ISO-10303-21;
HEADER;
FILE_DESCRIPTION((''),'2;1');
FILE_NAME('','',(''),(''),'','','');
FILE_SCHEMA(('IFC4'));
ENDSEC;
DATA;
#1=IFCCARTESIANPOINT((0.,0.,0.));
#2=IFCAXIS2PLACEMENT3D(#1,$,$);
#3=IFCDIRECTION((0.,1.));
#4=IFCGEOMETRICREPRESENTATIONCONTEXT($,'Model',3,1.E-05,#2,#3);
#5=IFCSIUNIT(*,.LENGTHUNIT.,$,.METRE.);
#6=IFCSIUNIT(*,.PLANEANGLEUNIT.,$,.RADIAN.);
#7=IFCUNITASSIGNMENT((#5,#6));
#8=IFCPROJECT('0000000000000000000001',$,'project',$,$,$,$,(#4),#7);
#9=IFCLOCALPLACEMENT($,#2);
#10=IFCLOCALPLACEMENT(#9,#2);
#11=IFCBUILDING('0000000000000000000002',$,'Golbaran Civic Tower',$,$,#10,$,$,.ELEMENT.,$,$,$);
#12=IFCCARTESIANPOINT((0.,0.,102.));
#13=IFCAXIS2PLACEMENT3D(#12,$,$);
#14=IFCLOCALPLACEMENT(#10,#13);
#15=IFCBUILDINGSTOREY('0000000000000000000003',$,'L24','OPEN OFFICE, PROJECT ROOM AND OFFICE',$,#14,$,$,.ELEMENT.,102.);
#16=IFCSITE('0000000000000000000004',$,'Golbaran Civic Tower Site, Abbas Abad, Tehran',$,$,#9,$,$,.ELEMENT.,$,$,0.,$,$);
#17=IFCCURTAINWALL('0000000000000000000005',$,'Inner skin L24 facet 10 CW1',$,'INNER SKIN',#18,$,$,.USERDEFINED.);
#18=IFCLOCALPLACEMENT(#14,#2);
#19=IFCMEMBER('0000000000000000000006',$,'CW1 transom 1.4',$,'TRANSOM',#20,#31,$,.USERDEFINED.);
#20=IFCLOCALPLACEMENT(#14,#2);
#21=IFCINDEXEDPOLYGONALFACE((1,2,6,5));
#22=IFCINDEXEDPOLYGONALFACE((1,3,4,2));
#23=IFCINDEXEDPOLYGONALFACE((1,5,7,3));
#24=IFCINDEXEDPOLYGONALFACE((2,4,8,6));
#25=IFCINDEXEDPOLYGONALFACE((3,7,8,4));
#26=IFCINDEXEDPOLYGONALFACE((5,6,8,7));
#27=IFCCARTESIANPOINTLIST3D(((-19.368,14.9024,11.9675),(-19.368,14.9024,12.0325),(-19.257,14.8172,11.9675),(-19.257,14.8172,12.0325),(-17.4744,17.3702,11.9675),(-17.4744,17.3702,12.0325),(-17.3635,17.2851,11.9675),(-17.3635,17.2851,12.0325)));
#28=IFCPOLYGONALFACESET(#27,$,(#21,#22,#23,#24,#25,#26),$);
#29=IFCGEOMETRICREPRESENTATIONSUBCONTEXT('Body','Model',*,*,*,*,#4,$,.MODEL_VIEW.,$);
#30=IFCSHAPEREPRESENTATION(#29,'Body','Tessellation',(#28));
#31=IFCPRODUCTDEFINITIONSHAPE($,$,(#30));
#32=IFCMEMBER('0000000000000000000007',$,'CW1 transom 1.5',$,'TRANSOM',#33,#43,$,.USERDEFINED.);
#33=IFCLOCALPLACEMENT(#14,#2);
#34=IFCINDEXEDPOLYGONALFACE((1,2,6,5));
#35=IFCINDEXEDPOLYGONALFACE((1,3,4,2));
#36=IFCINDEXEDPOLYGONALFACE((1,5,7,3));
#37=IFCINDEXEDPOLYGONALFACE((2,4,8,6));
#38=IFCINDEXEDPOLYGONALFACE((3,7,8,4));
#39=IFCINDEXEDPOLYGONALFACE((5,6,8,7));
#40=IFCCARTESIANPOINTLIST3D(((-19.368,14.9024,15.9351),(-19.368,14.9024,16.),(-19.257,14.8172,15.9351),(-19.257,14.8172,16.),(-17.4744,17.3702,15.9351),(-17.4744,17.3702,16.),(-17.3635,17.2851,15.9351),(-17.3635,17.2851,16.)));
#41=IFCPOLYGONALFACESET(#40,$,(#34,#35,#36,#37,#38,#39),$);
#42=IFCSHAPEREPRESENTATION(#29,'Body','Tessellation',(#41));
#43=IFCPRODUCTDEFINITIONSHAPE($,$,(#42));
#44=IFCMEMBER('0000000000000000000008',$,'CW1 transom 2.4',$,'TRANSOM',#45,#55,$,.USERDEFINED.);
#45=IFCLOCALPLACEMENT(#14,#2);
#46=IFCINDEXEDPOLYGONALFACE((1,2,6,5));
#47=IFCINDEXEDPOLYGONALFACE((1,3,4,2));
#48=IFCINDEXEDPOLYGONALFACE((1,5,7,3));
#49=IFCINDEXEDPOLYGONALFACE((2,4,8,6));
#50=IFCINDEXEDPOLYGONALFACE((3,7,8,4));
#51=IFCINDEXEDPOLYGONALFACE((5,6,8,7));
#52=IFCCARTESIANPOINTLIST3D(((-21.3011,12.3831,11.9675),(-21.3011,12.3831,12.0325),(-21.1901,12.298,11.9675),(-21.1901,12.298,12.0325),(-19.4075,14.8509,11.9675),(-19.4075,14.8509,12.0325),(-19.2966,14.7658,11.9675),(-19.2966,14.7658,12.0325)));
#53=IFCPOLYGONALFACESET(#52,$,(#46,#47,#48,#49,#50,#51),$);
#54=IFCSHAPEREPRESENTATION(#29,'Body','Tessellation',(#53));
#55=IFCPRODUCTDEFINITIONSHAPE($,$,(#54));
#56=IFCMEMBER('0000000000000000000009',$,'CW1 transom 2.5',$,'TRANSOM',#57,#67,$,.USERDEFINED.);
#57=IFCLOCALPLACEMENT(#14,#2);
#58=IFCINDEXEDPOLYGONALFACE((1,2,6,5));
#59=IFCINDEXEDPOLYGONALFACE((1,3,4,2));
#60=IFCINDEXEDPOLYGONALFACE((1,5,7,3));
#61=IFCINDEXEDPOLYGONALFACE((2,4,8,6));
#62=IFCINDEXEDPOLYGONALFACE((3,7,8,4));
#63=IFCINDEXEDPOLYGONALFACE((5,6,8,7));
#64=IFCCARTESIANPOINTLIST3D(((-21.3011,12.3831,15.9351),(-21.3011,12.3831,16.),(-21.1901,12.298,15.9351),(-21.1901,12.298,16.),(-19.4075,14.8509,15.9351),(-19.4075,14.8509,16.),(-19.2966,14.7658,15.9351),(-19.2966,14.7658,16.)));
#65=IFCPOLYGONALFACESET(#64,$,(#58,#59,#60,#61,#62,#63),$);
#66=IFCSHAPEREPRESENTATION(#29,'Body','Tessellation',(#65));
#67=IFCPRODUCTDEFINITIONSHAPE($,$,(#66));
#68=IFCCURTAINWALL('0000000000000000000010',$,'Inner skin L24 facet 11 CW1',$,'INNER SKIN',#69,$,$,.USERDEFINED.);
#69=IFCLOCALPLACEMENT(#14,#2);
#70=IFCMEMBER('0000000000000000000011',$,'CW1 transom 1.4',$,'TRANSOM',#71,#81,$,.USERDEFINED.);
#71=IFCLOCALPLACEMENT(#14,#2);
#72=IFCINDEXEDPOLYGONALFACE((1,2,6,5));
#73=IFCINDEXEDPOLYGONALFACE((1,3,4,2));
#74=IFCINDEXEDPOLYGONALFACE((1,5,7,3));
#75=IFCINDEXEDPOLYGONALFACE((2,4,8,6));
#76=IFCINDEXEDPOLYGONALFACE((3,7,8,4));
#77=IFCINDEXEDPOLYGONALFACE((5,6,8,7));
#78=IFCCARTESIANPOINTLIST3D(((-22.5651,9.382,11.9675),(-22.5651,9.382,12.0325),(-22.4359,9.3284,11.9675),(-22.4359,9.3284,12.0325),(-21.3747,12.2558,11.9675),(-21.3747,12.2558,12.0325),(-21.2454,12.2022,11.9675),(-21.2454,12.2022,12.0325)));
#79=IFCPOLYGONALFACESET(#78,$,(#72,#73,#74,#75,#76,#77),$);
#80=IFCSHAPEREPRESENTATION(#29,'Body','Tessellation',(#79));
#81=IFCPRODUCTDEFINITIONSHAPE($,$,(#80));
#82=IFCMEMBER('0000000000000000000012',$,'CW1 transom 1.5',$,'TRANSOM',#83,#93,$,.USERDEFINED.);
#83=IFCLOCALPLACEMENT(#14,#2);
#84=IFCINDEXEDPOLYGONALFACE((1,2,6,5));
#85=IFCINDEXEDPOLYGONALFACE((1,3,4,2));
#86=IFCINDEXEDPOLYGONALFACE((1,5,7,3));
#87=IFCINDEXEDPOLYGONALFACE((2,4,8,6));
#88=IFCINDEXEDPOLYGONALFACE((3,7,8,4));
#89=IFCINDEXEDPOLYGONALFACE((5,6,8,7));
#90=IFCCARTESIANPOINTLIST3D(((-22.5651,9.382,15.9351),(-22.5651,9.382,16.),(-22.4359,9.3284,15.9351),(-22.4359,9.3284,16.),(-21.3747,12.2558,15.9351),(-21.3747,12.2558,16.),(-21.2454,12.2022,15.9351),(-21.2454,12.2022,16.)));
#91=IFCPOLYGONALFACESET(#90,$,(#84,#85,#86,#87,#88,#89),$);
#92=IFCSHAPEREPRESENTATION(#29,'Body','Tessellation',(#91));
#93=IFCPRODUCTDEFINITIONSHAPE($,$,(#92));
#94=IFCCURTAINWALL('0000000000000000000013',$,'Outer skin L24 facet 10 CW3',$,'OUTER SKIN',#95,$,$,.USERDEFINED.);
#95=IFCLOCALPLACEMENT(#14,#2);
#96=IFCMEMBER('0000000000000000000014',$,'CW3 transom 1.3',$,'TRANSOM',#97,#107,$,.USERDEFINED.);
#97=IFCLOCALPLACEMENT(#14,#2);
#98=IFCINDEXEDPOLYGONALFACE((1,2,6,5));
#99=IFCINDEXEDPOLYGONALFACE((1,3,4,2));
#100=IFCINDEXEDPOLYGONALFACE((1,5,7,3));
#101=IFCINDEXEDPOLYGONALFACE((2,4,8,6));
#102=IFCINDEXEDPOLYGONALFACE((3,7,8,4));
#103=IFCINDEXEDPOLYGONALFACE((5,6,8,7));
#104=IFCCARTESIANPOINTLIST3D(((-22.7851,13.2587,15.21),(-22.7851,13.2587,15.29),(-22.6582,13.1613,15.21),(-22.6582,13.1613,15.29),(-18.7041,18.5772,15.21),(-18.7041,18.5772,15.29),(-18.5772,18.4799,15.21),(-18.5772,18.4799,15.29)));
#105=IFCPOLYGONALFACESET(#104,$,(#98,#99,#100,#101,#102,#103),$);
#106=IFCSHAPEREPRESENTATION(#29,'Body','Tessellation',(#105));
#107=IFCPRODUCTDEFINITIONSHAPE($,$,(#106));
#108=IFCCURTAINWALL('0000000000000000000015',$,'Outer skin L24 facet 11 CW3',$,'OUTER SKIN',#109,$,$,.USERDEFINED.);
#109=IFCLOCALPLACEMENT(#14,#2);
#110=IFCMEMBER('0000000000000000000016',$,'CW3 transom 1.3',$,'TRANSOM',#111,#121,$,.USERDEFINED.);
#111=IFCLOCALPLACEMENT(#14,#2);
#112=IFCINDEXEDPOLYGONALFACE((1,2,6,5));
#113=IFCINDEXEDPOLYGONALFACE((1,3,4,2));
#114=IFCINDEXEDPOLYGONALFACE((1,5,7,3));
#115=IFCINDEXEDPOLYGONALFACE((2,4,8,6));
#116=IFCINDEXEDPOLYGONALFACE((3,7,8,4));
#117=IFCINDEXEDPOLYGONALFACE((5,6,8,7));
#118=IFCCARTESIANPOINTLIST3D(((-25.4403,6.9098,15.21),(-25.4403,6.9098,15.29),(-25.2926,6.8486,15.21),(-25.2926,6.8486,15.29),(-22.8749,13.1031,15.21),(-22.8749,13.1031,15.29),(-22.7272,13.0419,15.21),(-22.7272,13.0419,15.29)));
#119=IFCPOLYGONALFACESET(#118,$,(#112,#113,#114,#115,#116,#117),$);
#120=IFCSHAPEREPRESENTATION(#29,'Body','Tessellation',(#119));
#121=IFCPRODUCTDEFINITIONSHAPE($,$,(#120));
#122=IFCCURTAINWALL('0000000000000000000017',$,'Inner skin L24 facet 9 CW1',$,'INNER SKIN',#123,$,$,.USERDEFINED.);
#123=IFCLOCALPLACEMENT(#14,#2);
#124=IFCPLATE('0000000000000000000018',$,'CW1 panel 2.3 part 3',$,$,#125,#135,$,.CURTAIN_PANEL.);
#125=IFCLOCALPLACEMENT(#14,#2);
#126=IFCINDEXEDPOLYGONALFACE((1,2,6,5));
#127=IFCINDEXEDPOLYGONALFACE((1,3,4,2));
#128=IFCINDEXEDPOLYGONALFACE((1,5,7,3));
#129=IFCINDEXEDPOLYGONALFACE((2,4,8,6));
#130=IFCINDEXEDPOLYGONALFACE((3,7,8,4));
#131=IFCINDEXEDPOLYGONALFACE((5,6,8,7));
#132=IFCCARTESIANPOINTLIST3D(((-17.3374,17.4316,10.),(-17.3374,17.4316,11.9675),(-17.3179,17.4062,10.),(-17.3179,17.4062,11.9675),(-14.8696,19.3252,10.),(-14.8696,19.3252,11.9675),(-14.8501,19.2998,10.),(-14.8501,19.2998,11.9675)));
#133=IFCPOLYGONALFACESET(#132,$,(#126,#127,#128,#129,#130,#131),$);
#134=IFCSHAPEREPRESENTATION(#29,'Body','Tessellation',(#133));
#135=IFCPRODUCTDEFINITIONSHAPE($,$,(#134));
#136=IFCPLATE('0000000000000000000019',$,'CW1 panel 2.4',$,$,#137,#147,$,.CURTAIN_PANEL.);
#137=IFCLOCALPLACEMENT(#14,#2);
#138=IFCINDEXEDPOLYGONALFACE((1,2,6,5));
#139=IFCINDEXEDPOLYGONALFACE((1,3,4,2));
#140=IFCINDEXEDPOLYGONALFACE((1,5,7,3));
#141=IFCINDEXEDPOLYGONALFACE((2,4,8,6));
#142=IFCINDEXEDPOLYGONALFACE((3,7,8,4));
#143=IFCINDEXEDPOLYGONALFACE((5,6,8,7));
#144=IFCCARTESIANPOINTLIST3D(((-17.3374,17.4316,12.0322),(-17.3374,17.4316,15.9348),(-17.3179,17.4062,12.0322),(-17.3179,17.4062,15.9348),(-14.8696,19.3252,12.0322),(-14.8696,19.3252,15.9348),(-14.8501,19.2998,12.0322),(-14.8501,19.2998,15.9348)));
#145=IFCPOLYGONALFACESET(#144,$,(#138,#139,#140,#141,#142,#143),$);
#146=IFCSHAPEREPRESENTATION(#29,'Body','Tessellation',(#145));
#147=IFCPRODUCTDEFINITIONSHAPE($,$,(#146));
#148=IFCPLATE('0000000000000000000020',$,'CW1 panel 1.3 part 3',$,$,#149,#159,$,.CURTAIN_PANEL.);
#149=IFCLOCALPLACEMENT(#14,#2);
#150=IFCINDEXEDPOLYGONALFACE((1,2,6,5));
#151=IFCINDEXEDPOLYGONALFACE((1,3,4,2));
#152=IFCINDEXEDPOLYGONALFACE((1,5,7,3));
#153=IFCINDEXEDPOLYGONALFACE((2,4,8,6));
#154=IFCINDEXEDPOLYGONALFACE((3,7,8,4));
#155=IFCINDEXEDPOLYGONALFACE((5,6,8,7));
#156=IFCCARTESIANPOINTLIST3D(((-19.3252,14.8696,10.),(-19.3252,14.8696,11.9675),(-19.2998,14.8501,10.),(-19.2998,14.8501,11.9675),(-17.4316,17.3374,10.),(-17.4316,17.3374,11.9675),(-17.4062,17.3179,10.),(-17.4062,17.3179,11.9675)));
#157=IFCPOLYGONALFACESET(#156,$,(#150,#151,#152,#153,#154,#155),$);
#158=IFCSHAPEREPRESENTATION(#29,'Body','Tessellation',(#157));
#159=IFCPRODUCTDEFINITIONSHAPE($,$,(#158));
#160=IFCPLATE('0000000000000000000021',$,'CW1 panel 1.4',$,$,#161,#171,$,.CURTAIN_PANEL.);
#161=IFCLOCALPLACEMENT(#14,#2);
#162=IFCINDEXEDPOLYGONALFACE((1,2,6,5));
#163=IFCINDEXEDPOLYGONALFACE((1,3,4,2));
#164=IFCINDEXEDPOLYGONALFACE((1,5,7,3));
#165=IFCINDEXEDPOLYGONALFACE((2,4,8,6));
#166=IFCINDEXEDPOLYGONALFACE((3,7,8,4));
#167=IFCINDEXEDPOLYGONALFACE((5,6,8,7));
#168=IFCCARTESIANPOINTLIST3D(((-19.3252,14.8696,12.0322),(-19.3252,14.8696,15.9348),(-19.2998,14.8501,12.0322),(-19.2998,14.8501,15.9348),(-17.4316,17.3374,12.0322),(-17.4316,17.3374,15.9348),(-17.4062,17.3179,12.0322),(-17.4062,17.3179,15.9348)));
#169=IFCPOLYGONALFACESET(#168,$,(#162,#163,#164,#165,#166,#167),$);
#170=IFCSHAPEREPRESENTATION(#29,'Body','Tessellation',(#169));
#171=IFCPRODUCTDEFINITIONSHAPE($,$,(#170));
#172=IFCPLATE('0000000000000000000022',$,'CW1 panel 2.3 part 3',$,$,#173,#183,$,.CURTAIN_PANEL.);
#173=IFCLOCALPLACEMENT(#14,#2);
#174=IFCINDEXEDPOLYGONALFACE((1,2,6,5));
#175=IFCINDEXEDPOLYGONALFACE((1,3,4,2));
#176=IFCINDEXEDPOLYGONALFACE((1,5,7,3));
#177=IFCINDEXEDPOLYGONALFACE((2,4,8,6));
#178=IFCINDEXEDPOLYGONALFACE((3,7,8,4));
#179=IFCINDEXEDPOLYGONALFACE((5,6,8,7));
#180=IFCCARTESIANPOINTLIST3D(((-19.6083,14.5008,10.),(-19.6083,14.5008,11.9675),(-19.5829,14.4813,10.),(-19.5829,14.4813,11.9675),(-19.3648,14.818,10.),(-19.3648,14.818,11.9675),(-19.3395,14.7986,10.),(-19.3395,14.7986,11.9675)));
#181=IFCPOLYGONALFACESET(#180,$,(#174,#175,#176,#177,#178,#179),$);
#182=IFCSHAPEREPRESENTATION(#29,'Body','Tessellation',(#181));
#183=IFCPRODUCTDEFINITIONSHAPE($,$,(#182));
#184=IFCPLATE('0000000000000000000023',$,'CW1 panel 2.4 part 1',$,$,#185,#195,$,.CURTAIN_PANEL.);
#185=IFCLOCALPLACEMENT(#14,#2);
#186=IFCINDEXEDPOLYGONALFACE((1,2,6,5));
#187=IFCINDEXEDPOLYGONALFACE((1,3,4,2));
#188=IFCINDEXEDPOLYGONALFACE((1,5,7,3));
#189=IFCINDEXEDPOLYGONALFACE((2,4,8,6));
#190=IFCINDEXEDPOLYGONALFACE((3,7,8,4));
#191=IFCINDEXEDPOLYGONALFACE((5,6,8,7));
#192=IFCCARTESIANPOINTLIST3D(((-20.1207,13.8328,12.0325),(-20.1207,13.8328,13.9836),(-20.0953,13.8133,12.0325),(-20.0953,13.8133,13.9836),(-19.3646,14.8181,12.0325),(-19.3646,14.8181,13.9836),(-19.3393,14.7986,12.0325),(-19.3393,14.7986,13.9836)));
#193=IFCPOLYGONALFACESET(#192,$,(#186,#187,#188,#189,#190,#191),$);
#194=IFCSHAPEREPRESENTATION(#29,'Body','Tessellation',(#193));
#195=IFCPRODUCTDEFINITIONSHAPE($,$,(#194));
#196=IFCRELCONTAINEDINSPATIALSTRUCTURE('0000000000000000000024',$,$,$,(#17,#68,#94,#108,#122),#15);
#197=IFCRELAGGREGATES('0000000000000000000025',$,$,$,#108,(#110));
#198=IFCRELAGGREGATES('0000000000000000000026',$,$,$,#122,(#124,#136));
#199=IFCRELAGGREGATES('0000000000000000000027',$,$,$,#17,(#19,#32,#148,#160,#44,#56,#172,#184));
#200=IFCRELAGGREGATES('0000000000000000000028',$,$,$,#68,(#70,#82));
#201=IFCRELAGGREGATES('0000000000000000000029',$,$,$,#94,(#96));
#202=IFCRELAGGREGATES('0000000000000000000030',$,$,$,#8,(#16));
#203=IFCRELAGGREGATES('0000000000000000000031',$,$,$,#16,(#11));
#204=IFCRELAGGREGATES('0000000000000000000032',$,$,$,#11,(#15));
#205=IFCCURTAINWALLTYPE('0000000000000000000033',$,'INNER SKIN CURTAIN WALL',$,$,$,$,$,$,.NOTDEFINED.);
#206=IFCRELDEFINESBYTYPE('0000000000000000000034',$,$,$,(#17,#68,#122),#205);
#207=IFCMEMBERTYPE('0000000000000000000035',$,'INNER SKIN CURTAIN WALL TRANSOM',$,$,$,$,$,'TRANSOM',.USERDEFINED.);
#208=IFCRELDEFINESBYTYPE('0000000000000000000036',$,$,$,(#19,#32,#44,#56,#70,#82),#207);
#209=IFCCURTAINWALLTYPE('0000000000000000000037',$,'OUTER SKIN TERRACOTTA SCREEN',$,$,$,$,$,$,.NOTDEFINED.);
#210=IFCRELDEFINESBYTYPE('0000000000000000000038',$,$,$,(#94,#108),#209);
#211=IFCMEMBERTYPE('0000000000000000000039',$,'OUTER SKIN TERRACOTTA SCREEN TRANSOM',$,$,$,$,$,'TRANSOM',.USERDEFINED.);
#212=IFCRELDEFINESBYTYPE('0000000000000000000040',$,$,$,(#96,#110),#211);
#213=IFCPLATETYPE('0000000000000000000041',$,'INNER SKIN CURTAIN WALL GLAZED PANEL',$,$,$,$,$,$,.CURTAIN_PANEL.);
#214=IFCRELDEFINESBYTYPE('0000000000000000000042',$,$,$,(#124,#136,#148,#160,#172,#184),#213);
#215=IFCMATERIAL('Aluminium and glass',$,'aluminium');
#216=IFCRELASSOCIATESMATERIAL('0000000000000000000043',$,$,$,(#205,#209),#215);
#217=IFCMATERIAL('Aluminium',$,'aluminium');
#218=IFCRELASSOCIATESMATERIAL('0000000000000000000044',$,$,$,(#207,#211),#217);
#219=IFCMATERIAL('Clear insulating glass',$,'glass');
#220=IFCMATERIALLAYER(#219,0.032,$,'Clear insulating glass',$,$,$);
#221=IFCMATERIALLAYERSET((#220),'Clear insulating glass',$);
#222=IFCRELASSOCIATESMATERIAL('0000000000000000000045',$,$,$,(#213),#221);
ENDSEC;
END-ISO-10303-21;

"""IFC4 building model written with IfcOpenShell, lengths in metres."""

from ifc_helpers import new_model, si_unit, direction, frame, origin, origin_2d, place, context, subcontext, project, spatial, rectangle, extrude, material, layer, layer_set, material_profile, profile_set, type_object, element, aggregate, save


model = new_model("IFC4")

# Units and contexts
model_context = context("Model", 3, precision=1e-05, world=origin(), true_north=direction((0.0, 1.0)))
body_context = subcontext(model_context, "Body", "Model", "MODEL_VIEW")
ifc_project = project(units=[si_unit("LENGTHUNIT", "METRE"), si_unit("PLANEANGLEUNIT", "RADIAN")], contexts=[model_context])

# Site, building, storey
site_placement = place(None, origin())
site = spatial("IfcSite", under=ifc_project, at=site_placement, Name="Golbaran Civic Tower Site, Abbas Abad, Tehran", CompositionType="ELEMENT", RefElevation=0.0)
building_placement = place(site_placement, origin())
building = spatial("IfcBuilding", under=site, at=building_placement, Name="Golbaran Civic Tower", CompositionType="ELEMENT")
storey_placement = place(building_placement, frame((0.0, 0.0, 102.0)))
storey = spatial("IfcBuildingStorey", under=building, at=storey_placement, Name="L24", Description="OPEN OFFICE, PROJECT ROOM AND OFFICE", CompositionType="ELEMENT", Elevation=102.0)

# Curtain walls, members
ifc_material_1 = material(Name="Aluminium and glass", Category="aluminium")
curtain_wall_type_1 = type_object("IfcCurtainWallType", Name="INNER SKIN CURTAIN WALL", PredefinedType="NOTDEFINED", material=ifc_material_1)
curtain_wall_1_placement = place(storey_placement, origin())
curtain_wall_1 = element("IfcCurtainWall", 1, at=curtain_wall_1_placement, inside=storey, type_object=curtain_wall_type_1, Name="Inner skin L24 facet 10 CW1", ObjectType="INNER SKIN", PredefinedType="USERDEFINED")
ifc_material_2 = material(Name="Aluminium", Category="aluminium")
ifc_material_profile_1 = material_profile(ifc_material_2, rectangle(XDim=0.1399, YDim=0.0649, at=origin_2d()), Name="INNER SKIN CURTAIN WALL TRANSOM")
ifc_profile_set_1 = profile_set([ifc_material_profile_1], Name="Aluminium")
member_type_1 = type_object("IfcMemberType", Name="INNER SKIN CURTAIN WALL TRANSOM", ElementType="TRANSOM", PredefinedType="USERDEFINED", material=ifc_profile_set_1)
member_1_placement = place(storey_placement, frame((-17.4189, 17.3276, 12.0), z_axis=(-0.608754, -0.793359, 0.0), x_axis=(0.793359, -0.608754, 0.0)))
member_1 = element("IfcMember", 2, at=member_1_placement, type_object=member_type_1, Name="CW1 transom 1.4", ObjectType="TRANSOM", PredefinedType="USERDEFINED", context=body_context, shape_type="SweptSolid", body=[
    extrude(rectangle(XDim=0.1399, YDim=0.0649, at=origin_2d()), origin(), (0.0, 0.0, 1.0), 3.1106),
])
member_2_placement = place(storey_placement, frame((-17.4189, 17.3276, 15.9675), z_axis=(-0.608754, -0.793359, 0.0), x_axis=(0.793359, -0.608754, 0.0)))
member_2 = element("IfcMember", 3, at=member_2_placement, type_object=member_type_1, Name="CW1 transom 1.5", ObjectType="TRANSOM", PredefinedType="USERDEFINED", context=body_context, shape_type="SweptSolid", body=[
    extrude(rectangle(XDim=0.1399, YDim=0.0649, at=origin_2d()), origin(), (0.0, 0.0, 1.0), 3.1106),
])
member_3_placement = place(storey_placement, frame((-19.3521, 14.8083, 12.0), z_axis=(-0.608754, -0.793359, 0.0), x_axis=(0.793359, -0.608754, 0.0)))
member_3 = element("IfcMember", 4, at=member_3_placement, type_object=member_type_1, Name="CW1 transom 2.4", ObjectType="TRANSOM", PredefinedType="USERDEFINED", context=body_context, shape_type="SweptSolid", body=[
    extrude(rectangle(XDim=0.1399, YDim=0.0649, at=origin_2d()), origin(), (0.0, 0.0, 1.0), 3.1106),
])
member_4_placement = place(storey_placement, frame((-19.3521, 14.8083, 15.9675), z_axis=(-0.608754, -0.793359, 0.0), x_axis=(0.793359, -0.608754, 0.0)))
member_4 = element("IfcMember", 5, at=member_4_placement, type_object=member_type_1, Name="CW1 transom 2.5", ObjectType="TRANSOM", PredefinedType="USERDEFINED", context=body_context, shape_type="SweptSolid", body=[
    extrude(rectangle(XDim=0.1399, YDim=0.0649, at=origin_2d()), origin(), (0.0, 0.0, 1.0), 3.1106),
])
curtain_wall_2_placement = place(storey_placement, origin())
curtain_wall_2 = element("IfcCurtainWall", 6, at=curtain_wall_2_placement, inside=storey, type_object=curtain_wall_type_1, Name="Inner skin L24 facet 11 CW1", ObjectType="INNER SKIN", PredefinedType="USERDEFINED")
member_5_placement = place(storey_placement, frame((-21.3101, 12.229, 12.0), z_axis=(-0.382703, -0.923871, 0.0), x_axis=(0.923871, -0.382703, 0.0)))
member_5 = element("IfcMember", 7, at=member_5_placement, type_object=member_type_1, Name="CW1 transom 1.4", ObjectType="TRANSOM", PredefinedType="USERDEFINED", context=body_context, shape_type="SweptSolid", body=[
    extrude(rectangle(XDim=0.1399, YDim=0.0649, at=origin_2d()), origin(), (0.0, 0.0, 1.0), 3.1106),
])
member_6_placement = place(storey_placement, frame((-21.3101, 12.229, 15.9675), z_axis=(-0.382703, -0.923871, 0.0), x_axis=(0.923871, -0.382703, 0.0)))
member_6 = element("IfcMember", 8, at=member_6_placement, type_object=member_type_1, Name="CW1 transom 1.5", ObjectType="TRANSOM", PredefinedType="USERDEFINED", context=body_context, shape_type="SweptSolid", body=[
    extrude(rectangle(XDim=0.1399, YDim=0.0649, at=origin_2d()), origin(), (0.0, 0.0, 1.0), 3.1106),
])

# Curtain walls, members
curtain_wall_type_2 = type_object("IfcCurtainWallType", Name="OUTER SKIN TERRACOTTA SCREEN", PredefinedType="NOTDEFINED", material=ifc_material_1)
curtain_wall_3_placement = place(storey_placement, origin())
curtain_wall_3 = element("IfcCurtainWall", 9, at=curtain_wall_3_placement, inside=storey, type_object=curtain_wall_type_2, Name="Outer skin L24 facet 10 CW3", ObjectType="OUTER SKIN", PredefinedType="USERDEFINED")
ifc_material_profile_2 = material_profile(ifc_material_2, rectangle(XDim=0.1599, YDim=0.0801, at=origin_2d()), Name="OUTER SKIN TERRACOTTA SCREEN TRANSOM")
ifc_profile_set_2 = profile_set([ifc_material_profile_2], Name="Aluminium")
member_type_2 = type_object("IfcMemberType", Name="OUTER SKIN TERRACOTTA SCREEN TRANSOM", ElementType="TRANSOM", PredefinedType="USERDEFINED", material=ifc_profile_set_2)
member_7_placement = place(storey_placement, frame((-18.6406, 18.5286, 15.25), z_axis=(-0.608756, -0.793357, 0.0), x_axis=(0.793357, -0.608756, 0.0)))
member_7 = element("IfcMember", 10, at=member_7_placement, type_object=member_type_2, Name="CW3 transom 1.3", ObjectType="TRANSOM", PredefinedType="USERDEFINED", context=body_context, shape_type="SweptSolid", body=[
    extrude(rectangle(XDim=0.1599, YDim=0.0801, at=origin_2d()), origin(), (0.0, 0.0, 1.0), 6.7039),
])
curtain_wall_4_placement = place(storey_placement, origin())
curtain_wall_4 = element("IfcCurtainWall", 11, at=curtain_wall_4_placement, inside=storey, type_object=curtain_wall_type_2, Name="Outer skin L24 facet 11 CW3", ObjectType="OUTER SKIN", PredefinedType="USERDEFINED")
member_8_placement = place(storey_placement, frame((-22.801, 13.0725, 15.25), z_axis=(-0.382691, -0.923877, 0.0), x_axis=(0.923877, -0.382691, 0.0)))
member_8 = element("IfcMember", 12, at=member_8_placement, type_object=member_type_2, Name="CW3 transom 1.3", ObjectType="TRANSOM", PredefinedType="USERDEFINED", context=body_context, shape_type="SweptSolid", body=[
    extrude(rectangle(XDim=0.1599, YDim=0.0801, at=origin_2d()), origin(), (0.0, 0.0, 1.0), 6.7036),
])
aggregate(curtain_wall_4, [member_8])

# Curtain wall, plates
curtain_wall_5_placement = place(storey_placement, origin())
curtain_wall_5 = element("IfcCurtainWall", 13, at=curtain_wall_5_placement, inside=storey, type_object=curtain_wall_type_1, Name="Inner skin L24 facet 9 CW1", ObjectType="INNER SKIN", PredefinedType="USERDEFINED")
ifc_material_3 = material(Name="Clear insulating glass", Category="glass")
ifc_layer_1 = layer(ifc_material_3, 0.032, Name="Clear insulating glass")
ifc_layer_set_1 = layer_set([ifc_layer_1], Name="Clear insulating glass")
plate_type_1 = type_object("IfcPlateType", Name="INNER SKIN CURTAIN WALL GLAZED PANEL", PredefinedType="CURTAIN_PANEL", material=ifc_layer_set_1)
plate_1_placement = place(storey_placement, frame((-16.0938, 18.3657, 10.0), z_axis=(0.0, 0.0, 1.0), x_axis=(-0.793353, -0.608761, 0.0)))
plate_1 = element("IfcPlate", 14, at=plate_1_placement, type_object=plate_type_1, Name="CW1 panel 2.3 part 3", PredefinedType="CURTAIN_PANEL", context=body_context, shape_type="SweptSolid", body=[
    extrude(rectangle(XDim=3.1106, YDim=0.032, at=origin_2d()), origin(), (0.0, 0.0, 1.0), 1.9675),
])
plate_2_placement = place(storey_placement, frame((-16.0938, 18.3657, 12.0322), z_axis=(0.0, 0.0, 1.0), x_axis=(-0.793353, -0.608761, 0.0)))
plate_2 = element("IfcPlate", 15, at=plate_2_placement, type_object=plate_type_1, Name="CW1 panel 2.4", PredefinedType="CURTAIN_PANEL", context=body_context, shape_type="SweptSolid", body=[
    extrude(rectangle(XDim=3.1106, YDim=0.032, at=origin_2d()), origin(), (0.0, 0.0, 1.0), 3.9026),
])
aggregate(curtain_wall_5, [plate_1, plate_2])

# Plates
plate_3_placement = place(storey_placement, frame((-18.3657, 16.0938, 10.0), z_axis=(0.0, 0.0, 1.0), x_axis=(-0.608761, -0.793353, 0.0)))
plate_3 = element("IfcPlate", 16, at=plate_3_placement, type_object=plate_type_1, Name="CW1 panel 1.3 part 3", PredefinedType="CURTAIN_PANEL", context=body_context, shape_type="SweptSolid", body=[
    extrude(rectangle(XDim=3.1106, YDim=0.032, at=origin_2d()), origin(), (0.0, 0.0, 1.0), 1.9675),
])
plate_4_placement = place(storey_placement, frame((-18.3657, 16.0938, 12.0322), z_axis=(0.0, 0.0, 1.0), x_axis=(-0.608761, -0.793353, 0.0)))
plate_4 = element("IfcPlate", 17, at=plate_4_placement, type_object=plate_type_1, Name="CW1 panel 1.4", PredefinedType="CURTAIN_PANEL", context=body_context, shape_type="SweptSolid", body=[
    extrude(rectangle(XDim=3.1106, YDim=0.032, at=origin_2d()), origin(), (0.0, 0.0, 1.0), 3.9026),
])
plate_5_placement = place(storey_placement, frame((-19.4739, 14.6497, 10.0), z_axis=(0.0, 0.0, 1.0), x_axis=(-0.608761, -0.793353, 0.0)))
plate_5 = element("IfcPlate", 18, at=plate_5_placement, type_object=plate_type_1, Name="CW1 panel 2.3 part 3", PredefinedType="CURTAIN_PANEL", context=body_context, shape_type="SweptSolid", body=[
    extrude(rectangle(XDim=0.3999, YDim=0.032, at=origin_2d()), origin(), (0.0, 0.0, 1.0), 1.9675),
])
plate_6_placement = place(storey_placement, frame((-19.73, 14.3157, 12.0325), z_axis=(0.0, 0.0, 1.0), x_axis=(-0.608761, -0.793353, 0.0)))
plate_6 = element("IfcPlate", 19, at=plate_6_placement, type_object=plate_type_1, Name="CW1 panel 2.4 part 1", PredefinedType="CURTAIN_PANEL", context=body_context, shape_type="SweptSolid", body=[
    extrude(rectangle(XDim=1.2419, YDim=0.032, at=origin_2d()), origin(), (0.0, 0.0, 1.0), 1.9512),
])
aggregate(curtain_wall_1, [member_1, member_2, plate_3, plate_4, member_3, member_4, plate_5, plate_6])
aggregate(curtain_wall_2, [member_5, member_6])
aggregate(curtain_wall_3, [member_7])

save(model, "model.ifc")
